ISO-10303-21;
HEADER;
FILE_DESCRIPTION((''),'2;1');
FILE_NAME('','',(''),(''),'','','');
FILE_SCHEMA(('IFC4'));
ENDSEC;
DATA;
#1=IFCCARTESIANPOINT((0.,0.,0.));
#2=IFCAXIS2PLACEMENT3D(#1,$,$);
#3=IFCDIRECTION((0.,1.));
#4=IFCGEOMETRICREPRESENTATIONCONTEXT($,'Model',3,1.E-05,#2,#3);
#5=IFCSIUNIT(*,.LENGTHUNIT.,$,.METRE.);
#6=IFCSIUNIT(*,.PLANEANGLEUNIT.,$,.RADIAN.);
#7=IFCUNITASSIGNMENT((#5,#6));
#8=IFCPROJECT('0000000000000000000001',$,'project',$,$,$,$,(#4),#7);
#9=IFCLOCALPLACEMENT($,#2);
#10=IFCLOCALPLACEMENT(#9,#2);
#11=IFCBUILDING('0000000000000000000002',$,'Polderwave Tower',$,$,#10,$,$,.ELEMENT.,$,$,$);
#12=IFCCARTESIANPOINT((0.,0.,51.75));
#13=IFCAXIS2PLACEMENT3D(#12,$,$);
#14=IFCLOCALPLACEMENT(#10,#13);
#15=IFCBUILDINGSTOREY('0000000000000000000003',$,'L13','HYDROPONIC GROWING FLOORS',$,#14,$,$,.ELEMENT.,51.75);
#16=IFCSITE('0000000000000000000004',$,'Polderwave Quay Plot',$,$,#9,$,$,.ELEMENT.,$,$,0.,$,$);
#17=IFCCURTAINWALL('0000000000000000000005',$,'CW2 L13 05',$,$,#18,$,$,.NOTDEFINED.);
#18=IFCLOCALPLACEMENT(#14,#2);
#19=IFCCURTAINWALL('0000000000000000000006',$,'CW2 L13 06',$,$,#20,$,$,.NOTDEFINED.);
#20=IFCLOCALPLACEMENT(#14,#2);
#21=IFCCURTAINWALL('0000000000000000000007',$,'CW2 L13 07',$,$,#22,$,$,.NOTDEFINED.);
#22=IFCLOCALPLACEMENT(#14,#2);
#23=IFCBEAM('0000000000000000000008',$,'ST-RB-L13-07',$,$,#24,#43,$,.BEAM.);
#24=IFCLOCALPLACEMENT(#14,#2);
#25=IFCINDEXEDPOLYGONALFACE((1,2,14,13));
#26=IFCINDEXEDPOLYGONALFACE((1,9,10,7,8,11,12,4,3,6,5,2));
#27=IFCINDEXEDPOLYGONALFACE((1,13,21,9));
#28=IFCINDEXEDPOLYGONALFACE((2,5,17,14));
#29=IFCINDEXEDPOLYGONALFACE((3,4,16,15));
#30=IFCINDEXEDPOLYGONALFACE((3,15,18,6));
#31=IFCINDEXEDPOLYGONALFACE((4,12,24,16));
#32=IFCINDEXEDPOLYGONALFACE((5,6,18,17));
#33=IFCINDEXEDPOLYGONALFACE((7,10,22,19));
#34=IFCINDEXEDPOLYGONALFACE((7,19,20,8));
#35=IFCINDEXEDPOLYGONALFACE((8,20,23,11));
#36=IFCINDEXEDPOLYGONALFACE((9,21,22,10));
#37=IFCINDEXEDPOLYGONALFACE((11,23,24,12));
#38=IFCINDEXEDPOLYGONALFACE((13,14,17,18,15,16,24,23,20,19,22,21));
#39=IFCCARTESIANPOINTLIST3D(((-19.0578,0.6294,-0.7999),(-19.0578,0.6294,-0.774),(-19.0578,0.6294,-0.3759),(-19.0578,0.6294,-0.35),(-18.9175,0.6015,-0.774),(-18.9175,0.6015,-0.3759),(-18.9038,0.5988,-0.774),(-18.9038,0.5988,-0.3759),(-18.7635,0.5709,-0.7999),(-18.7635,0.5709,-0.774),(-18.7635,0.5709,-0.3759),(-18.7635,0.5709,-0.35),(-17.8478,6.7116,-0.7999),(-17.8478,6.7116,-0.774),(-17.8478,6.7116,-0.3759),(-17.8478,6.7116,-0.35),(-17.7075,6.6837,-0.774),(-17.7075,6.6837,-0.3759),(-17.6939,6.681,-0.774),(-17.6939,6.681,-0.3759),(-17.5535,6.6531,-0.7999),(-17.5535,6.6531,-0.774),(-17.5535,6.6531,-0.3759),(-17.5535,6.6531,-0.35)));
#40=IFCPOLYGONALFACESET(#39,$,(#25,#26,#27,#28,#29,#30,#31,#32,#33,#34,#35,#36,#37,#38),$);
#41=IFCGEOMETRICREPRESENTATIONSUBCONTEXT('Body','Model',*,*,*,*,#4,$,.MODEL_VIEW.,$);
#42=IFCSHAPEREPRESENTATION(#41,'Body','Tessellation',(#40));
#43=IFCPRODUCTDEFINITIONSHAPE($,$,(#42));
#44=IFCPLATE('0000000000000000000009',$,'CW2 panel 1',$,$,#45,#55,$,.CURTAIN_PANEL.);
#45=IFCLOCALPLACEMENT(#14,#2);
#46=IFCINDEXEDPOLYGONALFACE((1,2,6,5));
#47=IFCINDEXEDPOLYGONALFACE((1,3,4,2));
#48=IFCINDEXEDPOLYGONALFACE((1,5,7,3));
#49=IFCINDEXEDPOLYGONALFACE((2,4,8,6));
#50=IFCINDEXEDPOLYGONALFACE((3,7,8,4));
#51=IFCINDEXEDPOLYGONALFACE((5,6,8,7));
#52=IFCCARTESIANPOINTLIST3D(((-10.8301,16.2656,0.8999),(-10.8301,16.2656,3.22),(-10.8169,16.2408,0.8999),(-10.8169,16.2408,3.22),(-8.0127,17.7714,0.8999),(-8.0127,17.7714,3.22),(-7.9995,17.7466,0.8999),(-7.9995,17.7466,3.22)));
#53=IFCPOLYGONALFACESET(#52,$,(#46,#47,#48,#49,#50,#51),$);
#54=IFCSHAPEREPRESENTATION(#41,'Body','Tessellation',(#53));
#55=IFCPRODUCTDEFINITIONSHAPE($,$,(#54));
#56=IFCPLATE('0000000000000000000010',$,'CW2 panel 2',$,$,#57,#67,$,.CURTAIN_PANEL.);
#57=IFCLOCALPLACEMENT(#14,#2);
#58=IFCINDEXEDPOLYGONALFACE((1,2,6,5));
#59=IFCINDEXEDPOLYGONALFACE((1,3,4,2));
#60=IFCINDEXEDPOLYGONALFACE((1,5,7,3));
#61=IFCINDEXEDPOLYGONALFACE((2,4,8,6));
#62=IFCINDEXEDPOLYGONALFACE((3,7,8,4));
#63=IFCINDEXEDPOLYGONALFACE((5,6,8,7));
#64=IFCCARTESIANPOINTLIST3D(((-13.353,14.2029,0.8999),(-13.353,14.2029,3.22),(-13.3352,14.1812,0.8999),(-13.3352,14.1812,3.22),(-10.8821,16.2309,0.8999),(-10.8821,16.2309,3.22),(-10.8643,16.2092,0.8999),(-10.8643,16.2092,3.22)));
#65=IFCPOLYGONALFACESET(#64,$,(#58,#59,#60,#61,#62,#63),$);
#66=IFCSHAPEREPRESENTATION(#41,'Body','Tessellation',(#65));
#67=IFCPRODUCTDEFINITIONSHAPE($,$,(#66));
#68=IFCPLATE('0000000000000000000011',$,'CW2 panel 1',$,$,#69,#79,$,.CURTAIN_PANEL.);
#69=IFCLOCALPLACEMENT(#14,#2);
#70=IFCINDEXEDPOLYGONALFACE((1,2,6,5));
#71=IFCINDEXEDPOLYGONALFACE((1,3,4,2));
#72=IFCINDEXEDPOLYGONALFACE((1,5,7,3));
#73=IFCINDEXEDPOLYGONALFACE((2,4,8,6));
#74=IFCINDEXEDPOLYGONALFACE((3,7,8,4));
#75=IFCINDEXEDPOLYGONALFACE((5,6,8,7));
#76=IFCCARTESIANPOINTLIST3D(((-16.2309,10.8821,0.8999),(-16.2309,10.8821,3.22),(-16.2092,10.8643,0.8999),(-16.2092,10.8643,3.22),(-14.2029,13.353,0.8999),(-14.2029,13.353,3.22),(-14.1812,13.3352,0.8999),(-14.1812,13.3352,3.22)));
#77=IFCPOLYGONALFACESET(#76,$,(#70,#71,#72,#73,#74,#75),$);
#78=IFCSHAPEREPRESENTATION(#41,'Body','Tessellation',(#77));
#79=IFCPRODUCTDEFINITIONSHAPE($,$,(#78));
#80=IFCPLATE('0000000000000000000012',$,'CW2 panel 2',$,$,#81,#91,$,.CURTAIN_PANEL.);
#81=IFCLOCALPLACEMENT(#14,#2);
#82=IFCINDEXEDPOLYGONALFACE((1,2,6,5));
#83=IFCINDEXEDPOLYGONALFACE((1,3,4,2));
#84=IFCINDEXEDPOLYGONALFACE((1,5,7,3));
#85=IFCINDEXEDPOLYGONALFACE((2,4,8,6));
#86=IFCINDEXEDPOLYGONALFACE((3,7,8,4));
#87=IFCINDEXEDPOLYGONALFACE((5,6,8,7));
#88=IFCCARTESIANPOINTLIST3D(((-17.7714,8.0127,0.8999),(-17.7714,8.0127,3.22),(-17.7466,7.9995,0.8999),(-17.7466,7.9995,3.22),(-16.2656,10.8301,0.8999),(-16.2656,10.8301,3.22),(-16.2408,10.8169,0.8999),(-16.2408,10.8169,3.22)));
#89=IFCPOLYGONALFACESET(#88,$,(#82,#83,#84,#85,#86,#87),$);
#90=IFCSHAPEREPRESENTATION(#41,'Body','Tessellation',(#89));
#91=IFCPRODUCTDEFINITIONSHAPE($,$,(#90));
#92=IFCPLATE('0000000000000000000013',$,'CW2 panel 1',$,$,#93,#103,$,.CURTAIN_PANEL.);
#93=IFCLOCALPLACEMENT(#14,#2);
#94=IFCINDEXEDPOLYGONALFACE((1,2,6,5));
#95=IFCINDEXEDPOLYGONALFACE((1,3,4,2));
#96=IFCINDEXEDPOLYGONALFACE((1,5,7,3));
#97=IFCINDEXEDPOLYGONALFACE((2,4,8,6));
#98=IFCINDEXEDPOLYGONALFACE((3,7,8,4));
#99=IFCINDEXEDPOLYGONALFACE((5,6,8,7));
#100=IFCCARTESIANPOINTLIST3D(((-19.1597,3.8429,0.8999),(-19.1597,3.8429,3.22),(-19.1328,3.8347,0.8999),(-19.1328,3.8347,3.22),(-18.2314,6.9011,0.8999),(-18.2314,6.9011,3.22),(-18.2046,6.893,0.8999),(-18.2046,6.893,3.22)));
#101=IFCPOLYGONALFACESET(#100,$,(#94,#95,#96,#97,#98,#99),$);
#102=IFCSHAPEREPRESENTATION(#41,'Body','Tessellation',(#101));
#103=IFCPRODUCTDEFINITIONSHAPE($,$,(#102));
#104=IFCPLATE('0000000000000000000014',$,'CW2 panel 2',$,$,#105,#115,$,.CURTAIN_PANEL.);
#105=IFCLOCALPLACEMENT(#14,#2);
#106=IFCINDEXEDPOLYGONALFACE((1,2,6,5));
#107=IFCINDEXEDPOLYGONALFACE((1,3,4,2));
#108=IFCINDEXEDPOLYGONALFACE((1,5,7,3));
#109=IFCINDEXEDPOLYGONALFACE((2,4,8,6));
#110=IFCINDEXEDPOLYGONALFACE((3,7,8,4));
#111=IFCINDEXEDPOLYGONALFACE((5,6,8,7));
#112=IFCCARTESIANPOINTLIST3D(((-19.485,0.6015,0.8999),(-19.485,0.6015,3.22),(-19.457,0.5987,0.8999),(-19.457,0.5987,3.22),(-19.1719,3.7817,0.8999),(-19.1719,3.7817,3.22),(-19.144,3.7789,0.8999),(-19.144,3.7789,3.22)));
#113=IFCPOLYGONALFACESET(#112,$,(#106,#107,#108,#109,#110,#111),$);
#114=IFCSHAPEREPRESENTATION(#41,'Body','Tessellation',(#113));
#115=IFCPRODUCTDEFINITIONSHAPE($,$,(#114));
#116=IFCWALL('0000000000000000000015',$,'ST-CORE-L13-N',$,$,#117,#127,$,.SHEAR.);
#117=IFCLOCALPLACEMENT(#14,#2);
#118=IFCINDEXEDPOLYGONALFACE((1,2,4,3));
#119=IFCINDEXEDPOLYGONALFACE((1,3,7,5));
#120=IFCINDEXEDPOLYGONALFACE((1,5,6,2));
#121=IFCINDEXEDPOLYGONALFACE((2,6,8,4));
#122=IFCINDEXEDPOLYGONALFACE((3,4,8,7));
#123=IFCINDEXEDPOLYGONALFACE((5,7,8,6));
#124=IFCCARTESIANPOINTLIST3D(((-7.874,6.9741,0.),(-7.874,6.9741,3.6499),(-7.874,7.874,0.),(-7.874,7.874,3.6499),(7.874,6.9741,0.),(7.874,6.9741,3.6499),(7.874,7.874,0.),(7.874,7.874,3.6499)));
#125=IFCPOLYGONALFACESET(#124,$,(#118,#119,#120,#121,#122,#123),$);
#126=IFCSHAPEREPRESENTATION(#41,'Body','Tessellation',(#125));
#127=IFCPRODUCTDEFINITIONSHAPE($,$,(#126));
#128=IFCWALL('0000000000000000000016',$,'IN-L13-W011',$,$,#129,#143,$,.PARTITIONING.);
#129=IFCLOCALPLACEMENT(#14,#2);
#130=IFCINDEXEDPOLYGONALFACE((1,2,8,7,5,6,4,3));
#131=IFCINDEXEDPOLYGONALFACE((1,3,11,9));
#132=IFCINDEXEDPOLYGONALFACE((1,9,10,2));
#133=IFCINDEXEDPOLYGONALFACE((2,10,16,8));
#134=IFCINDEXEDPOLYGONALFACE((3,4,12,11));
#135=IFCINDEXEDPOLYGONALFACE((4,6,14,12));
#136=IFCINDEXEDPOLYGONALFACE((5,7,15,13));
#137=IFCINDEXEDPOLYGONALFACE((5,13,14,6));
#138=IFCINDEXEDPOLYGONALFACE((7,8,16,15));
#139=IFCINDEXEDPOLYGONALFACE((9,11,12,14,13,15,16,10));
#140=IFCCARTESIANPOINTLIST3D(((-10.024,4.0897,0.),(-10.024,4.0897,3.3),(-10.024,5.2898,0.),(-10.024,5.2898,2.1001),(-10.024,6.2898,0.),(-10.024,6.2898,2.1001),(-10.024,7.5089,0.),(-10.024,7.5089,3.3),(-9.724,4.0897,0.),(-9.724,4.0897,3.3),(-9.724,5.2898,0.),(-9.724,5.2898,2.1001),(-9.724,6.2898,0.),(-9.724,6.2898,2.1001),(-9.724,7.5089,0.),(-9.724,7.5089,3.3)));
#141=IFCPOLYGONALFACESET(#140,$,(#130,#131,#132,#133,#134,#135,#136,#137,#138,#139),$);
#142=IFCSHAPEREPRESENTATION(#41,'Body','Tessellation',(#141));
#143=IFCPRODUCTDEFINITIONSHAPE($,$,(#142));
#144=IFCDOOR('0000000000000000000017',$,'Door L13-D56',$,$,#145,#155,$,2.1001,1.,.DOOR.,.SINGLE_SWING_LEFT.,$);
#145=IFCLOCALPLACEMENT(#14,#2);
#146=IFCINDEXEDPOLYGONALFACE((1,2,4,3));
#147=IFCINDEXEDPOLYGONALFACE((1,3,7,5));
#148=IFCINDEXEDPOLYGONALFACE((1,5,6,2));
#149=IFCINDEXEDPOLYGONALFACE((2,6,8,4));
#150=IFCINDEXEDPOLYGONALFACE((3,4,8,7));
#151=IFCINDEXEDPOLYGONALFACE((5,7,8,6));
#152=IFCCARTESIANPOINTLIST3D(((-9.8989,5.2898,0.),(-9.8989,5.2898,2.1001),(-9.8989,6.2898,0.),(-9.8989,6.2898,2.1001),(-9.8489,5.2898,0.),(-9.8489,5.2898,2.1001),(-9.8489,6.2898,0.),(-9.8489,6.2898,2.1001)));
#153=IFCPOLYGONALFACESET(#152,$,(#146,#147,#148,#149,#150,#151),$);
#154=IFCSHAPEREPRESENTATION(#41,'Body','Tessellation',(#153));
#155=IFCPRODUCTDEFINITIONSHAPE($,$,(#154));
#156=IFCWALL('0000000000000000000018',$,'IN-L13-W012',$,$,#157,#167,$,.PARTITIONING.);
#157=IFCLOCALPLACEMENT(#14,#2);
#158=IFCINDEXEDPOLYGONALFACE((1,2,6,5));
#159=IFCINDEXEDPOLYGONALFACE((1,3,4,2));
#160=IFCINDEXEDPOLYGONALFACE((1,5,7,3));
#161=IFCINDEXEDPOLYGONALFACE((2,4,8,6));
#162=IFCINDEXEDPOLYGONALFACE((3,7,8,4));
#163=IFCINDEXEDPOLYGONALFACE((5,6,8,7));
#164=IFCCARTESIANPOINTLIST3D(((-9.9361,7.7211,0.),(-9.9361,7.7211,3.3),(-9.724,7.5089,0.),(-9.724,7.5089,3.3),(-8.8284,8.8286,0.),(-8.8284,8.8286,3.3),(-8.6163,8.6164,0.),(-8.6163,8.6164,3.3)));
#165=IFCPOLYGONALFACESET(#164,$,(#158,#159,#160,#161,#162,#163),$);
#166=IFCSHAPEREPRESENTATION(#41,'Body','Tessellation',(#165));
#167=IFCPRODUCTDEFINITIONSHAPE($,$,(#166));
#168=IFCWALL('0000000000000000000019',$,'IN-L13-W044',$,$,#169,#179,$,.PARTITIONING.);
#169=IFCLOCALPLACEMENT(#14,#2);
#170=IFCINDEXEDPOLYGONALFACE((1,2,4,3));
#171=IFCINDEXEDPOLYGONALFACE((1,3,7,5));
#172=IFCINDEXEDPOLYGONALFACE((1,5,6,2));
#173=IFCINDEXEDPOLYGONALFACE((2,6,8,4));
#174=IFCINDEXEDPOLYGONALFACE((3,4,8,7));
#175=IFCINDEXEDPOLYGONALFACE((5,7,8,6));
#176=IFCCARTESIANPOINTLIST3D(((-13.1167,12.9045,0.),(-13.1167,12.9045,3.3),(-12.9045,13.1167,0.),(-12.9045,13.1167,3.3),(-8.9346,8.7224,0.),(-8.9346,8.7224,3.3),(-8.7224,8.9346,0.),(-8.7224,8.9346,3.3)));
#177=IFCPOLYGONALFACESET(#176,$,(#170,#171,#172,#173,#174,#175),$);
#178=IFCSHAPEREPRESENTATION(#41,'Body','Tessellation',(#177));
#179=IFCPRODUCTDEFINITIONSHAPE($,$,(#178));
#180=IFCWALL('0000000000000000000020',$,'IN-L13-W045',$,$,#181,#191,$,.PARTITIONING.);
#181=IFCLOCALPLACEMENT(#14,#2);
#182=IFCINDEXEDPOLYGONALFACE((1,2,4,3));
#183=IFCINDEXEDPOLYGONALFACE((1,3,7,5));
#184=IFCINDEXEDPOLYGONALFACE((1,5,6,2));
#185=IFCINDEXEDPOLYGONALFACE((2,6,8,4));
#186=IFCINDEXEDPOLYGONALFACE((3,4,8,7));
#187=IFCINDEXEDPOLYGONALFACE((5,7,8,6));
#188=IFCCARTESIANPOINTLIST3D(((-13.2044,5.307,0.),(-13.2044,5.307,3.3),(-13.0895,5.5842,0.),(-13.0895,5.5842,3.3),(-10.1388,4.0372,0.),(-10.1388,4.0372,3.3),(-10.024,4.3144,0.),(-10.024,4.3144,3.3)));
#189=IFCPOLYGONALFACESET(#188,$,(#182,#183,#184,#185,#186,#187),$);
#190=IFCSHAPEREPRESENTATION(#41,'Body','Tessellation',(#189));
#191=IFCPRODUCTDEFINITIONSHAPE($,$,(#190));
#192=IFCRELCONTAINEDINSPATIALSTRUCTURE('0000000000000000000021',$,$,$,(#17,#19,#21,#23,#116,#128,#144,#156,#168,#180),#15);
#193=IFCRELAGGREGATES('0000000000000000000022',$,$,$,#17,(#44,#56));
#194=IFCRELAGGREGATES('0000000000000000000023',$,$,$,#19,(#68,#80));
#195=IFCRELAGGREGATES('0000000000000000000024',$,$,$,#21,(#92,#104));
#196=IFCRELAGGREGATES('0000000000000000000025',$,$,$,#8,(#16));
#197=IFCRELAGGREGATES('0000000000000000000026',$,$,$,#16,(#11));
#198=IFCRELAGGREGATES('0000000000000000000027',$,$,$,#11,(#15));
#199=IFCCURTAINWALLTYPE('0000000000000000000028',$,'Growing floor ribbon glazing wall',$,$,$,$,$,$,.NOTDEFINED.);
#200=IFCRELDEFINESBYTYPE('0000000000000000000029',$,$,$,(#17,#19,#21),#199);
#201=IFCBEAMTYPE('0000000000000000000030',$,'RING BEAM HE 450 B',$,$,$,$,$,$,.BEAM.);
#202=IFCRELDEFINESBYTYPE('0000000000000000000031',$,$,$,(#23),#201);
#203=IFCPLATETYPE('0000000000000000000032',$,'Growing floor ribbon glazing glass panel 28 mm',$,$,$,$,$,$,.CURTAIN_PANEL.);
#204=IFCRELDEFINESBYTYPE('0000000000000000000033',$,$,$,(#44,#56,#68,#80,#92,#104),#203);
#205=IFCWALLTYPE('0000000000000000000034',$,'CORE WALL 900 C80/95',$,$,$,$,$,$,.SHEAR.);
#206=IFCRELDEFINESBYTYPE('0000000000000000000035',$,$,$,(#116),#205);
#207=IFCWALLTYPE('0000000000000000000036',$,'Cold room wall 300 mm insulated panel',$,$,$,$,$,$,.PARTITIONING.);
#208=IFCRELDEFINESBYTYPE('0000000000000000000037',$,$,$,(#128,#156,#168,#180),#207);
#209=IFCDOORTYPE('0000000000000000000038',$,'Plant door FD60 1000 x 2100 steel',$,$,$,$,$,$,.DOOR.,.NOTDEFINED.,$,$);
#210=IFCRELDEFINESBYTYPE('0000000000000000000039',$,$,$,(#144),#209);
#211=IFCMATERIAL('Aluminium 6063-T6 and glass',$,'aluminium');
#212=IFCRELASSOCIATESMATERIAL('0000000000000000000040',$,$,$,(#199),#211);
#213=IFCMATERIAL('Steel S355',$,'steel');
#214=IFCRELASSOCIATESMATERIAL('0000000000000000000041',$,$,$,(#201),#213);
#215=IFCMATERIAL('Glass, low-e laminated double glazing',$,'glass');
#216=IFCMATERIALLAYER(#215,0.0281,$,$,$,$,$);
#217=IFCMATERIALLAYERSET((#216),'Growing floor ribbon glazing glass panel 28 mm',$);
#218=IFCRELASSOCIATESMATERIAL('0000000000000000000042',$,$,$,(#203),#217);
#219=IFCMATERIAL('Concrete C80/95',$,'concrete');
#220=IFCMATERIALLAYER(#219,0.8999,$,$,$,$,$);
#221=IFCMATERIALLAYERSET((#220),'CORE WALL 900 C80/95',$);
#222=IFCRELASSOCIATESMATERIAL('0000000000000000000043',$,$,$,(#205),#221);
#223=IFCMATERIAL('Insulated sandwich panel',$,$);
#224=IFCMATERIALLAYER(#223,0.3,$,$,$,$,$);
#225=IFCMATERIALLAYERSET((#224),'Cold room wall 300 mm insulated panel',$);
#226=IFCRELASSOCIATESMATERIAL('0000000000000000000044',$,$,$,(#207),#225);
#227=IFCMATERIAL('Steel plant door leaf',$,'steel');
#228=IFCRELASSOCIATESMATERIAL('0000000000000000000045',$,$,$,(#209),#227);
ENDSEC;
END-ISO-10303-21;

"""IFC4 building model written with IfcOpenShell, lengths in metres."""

from ifc_helpers import new_model, si_unit, direction, frame, frame_2d, origin, origin_2d, place, context, subcontext, project, spatial, rectangle, i_section, extrude, material, layer, layer_set, material_profile, profile_set, type_object, element, fill, aggregate, save


model = new_model("IFC4")

# Units and contexts
model_context = context("Model", 3, precision=1e-05, world=origin(), true_north=direction((0.0, 1.0)))
body_context = subcontext(model_context, "Body", "Model", "MODEL_VIEW")
ifc_project = project(units=[si_unit("LENGTHUNIT", "METRE"), si_unit("PLANEANGLEUNIT", "RADIAN")], contexts=[model_context])

# Site, building, storey
site_placement = place(None, origin())
site = spatial("IfcSite", under=ifc_project, at=site_placement, Name="Polderwave Quay Plot", CompositionType="ELEMENT", RefElevation=0.0)
building_placement = place(site_placement, origin())
building = spatial("IfcBuilding", under=site, at=building_placement, Name="Polderwave Tower", CompositionType="ELEMENT")
storey_placement = place(building_placement, frame((0.0, 0.0, 51.75)))
storey = spatial("IfcBuildingStorey", under=building, at=storey_placement, Name="L13", Description="HYDROPONIC GROWING FLOORS", CompositionType="ELEMENT", Elevation=51.75)

# Curtain walls
ifc_material_1 = material(Name="Aluminium 6063-T6 and glass", Category="aluminium")
curtain_wall_type = type_object("IfcCurtainWallType", Name="Growing floor ribbon glazing wall", PredefinedType="NOTDEFINED", material=ifc_material_1)
curtain_wall_1_placement = place(storey_placement, origin())
curtain_wall_1 = element("IfcCurtainWall", 1, at=curtain_wall_1_placement, inside=storey, type_object=curtain_wall_type, Name="CW2 L13 05", PredefinedType="NOTDEFINED")
curtain_wall_2_placement = place(storey_placement, origin())
curtain_wall_2 = element("IfcCurtainWall", 2, at=curtain_wall_2_placement, inside=storey, type_object=curtain_wall_type, Name="CW2 L13 06", PredefinedType="NOTDEFINED")
curtain_wall_3_placement = place(storey_placement, origin())
curtain_wall_3 = element("IfcCurtainWall", 3, at=curtain_wall_3_placement, inside=storey, type_object=curtain_wall_type, Name="CW2 L13 07", PredefinedType="NOTDEFINED")

# Beam
ifc_material_2 = material(Name="Steel S355", Category="steel")
ifc_material_profile_1 = material_profile(ifc_material_2, i_section(OverallWidth=0.3, OverallDepth=0.45, WebThickness=0.0139, FlangeThickness=0.0259, at=origin_2d()), Name="HE 450 B")
ifc_profile_set_1 = profile_set([ifc_material_profile_1], Name="Steel S355")
beam_type = type_object("IfcBeamType", Name="RING BEAM HE 450 B", PredefinedType="BEAM", material=ifc_profile_set_1)
beam_placement = place(storey_placement, frame((-17.7007, 6.6824, -0.575), z_axis=(-0.195109, -0.980782, 0.0), x_axis=(0.980782, -0.195109, 0.0)))
element("IfcBeam", 4, at=beam_placement, inside=storey, type_object=beam_type, Name="ST-RB-L13-07", PredefinedType="BEAM", context=body_context, shape_type="SweptSolid", body=[
    extrude(i_section(OverallWidth=0.3, OverallDepth=0.45, WebThickness=0.0139, FlangeThickness=0.0259, at=origin_2d()), origin(), (0.0, 0.0, 1.0), 6.2014),
])

# Plates
ifc_material_3 = material(Name="Glass, low-e laminated double glazing", Category="glass")
ifc_layer_1 = layer(ifc_material_3, 0.0281)
ifc_layer_set_1 = layer_set([ifc_layer_1], Name="Growing floor ribbon glazing glass panel 28 mm")
plate_type = type_object("IfcPlateType", Name="Growing floor ribbon glazing glass panel 28 mm", PredefinedType="CURTAIN_PANEL", material=ifc_layer_set_1)
plate_1_placement = place(storey_placement, frame((-9.4148, 17.0061, 0.8999), z_axis=(0.0, 0.0, 1.0), x_axis=(-0.88194, -0.471361, 0.0)))
plate_1 = element("IfcPlate", 5, at=plate_1_placement, type_object=plate_type, Name="CW2 panel 1", PredefinedType="CURTAIN_PANEL", context=body_context, shape_type="SweptSolid", body=[
    extrude(rectangle(XDim=3.1946, YDim=0.0281, at=origin_2d()), origin(), (0.0, 0.0, 1.0), 2.3201),
])
plate_2_placement = place(storey_placement, frame((-12.1086, 15.2061, 0.8999), z_axis=(0.0, 0.0, 1.0), x_axis=(-0.772976, -0.634435, 0.0)))
plate_2 = element("IfcPlate", 6, at=plate_2_placement, type_object=plate_type, Name="CW2 panel 2", PredefinedType="CURTAIN_PANEL", context=body_context, shape_type="SweptSolid", body=[
    extrude(rectangle(XDim=3.1965, YDim=0.0281, at=origin_2d()), origin(), (0.0, 0.0, 1.0), 2.3201),
])
aggregate(curtain_wall_1, [plate_1, plate_2])
plate_3_placement = place(storey_placement, frame((-15.2061, 12.1086, 0.8999), z_axis=(0.0, 0.0, 1.0), x_axis=(-0.634435, -0.772976, 0.0)))
plate_3 = element("IfcPlate", 7, at=plate_3_placement, type_object=plate_type, Name="CW2 panel 1", PredefinedType="CURTAIN_PANEL", context=body_context, shape_type="SweptSolid", body=[
    extrude(rectangle(XDim=3.1965, YDim=0.0281, at=origin_2d()), origin(), (0.0, 0.0, 1.0), 2.3201),
])
plate_4_placement = place(storey_placement, frame((-17.0061, 9.4148, 0.8999), z_axis=(0.0, 0.0, 1.0), x_axis=(-0.471361, -0.88194, 0.0)))
plate_4 = element("IfcPlate", 8, at=plate_4_placement, type_object=plate_type, Name="CW2 panel 2", PredefinedType="CURTAIN_PANEL", context=body_context, shape_type="SweptSolid", body=[
    extrude(rectangle(XDim=3.1946, YDim=0.0281, at=origin_2d()), origin(), (0.0, 0.0, 1.0), 2.3201),
])
aggregate(curtain_wall_2, [plate_3, plate_4])
plate_5_placement = place(storey_placement, frame((-18.6821, 5.3679, 0.8999), z_axis=(0.0, 0.0, 1.0), x_axis=(-0.290447, -0.956891, 0.0)))
plate_5 = element("IfcPlate", 9, at=plate_5_placement, type_object=plate_type, Name="CW2 panel 1", PredefinedType="CURTAIN_PANEL", context=body_context, shape_type="SweptSolid", body=[
    extrude(rectangle(XDim=3.196, YDim=0.0281, at=origin_2d()), origin(), (0.0, 0.0, 1.0), 2.3201),
])
plate_6_placement = place(storey_placement, frame((-19.3145, 2.1902, 0.8999), z_axis=(0.0, 0.0, 1.0), x_axis=(-0.097969, -0.99519, 0.0)))
plate_6 = element("IfcPlate", 10, at=plate_6_placement, type_object=plate_type, Name="CW2 panel 2", PredefinedType="CURTAIN_PANEL", context=body_context, shape_type="SweptSolid", body=[
    extrude(rectangle(XDim=3.1956, YDim=0.0281, at=origin_2d()), origin(), (0.0, 0.0, 1.0), 2.3201),
])
aggregate(curtain_wall_3, [plate_5, plate_6])

# Wall
ifc_material_4 = material(Name="Concrete C80/95", Category="concrete")
ifc_layer_2 = layer(ifc_material_4, 0.8999)
ifc_layer_set_2 = layer_set([ifc_layer_2], Name="CORE WALL 900 C80/95")
wall_type_1 = type_object("IfcWallType", Name="CORE WALL 900 C80/95", PredefinedType="SHEAR", material=ifc_layer_set_2)
wall_1_placement = place(storey_placement, frame((-7.874, 7.4241, 0.0), z_axis=(0.0, 0.0, 1.0), x_axis=(1.0, 0.0, 0.0)))
element("IfcWall", 11, at=wall_1_placement, inside=storey, type_object=wall_type_1, Name="ST-CORE-L13-N", PredefinedType="SHEAR", context=body_context, shape_type="SweptSolid", body=[
    extrude(rectangle(XDim=15.748, YDim=0.8999, at=frame_2d((7.874, 0.0))), origin(), (0.0, 0.0, 1.0), 3.6499),
])

# Wall, opening, door
ifc_material_5 = material(Name="Insulated sandwich panel")
ifc_layer_3 = layer(ifc_material_5, 0.3)
ifc_layer_set_3 = layer_set([ifc_layer_3], Name="Cold room wall 300 mm insulated panel")
wall_type_2 = type_object("IfcWallType", Name="Cold room wall 300 mm insulated panel", PredefinedType="PARTITIONING", material=ifc_layer_set_3)
wall_2_placement = place(storey_placement, frame((-9.874, 4.0898, 0.0), z_axis=(0.0, 0.0, 1.0), x_axis=(0.0, 1.0, 0.0)))
wall_2 = element("IfcWall", 12, at=wall_2_placement, inside=storey, type_object=wall_type_2, Name="IN-L13-W011", PredefinedType="PARTITIONING", context=body_context, shape_type="SweptSolid", body=[
    extrude(rectangle(XDim=3.4192, YDim=0.3, at=frame_2d((1.7095, 0.0))), origin(), (0.0, 0.0, 1.0), 3.3),
])
opening_placement = place(wall_2_placement, frame((1.2, 0.0, 0.0)))
opening = element("IfcOpeningElement", 13, at=opening_placement, cuts=wall_2, PredefinedType="OPENING", context=body_context, shape_type="SweptSolid", body=[
    extrude(rectangle(XDim=1.0, YDim=2.1001, at=frame_2d((0.5, 1.05))), frame((0.0, 0.1599, 0.0), z_axis=(0.0, -1.0, 0.0), x_axis=(1.0, 0.0, 0.0)), (0.0, 0.0, 1.0), 0.3201),
])
ifc_material_6 = material(Name="Steel plant door leaf", Category="steel")
door_type = type_object("IfcDoorType", Name="Plant door FD60 1000 x 2100 steel", OperationType="NOTDEFINED", PredefinedType="DOOR", material=ifc_material_6)
door_placement = place(opening_placement, origin())
door = element("IfcDoor", 14, at=door_placement, inside=storey, type_object=door_type, Name="Door L13-D56", OperationType="SINGLE_SWING_LEFT", OverallHeight=2.1001, OverallWidth=1.0, PredefinedType="DOOR", context=body_context, shape_type="SweptSolid", body=[
    extrude(rectangle(XDim=1.0, YDim=2.1001, at=frame_2d((0.5, 1.05))), frame((0.0, 0.0249, 0.0), z_axis=(0.0, -1.0, 0.0), x_axis=(1.0, 0.0, 0.0)), (0.0, 0.0, 1.0), 0.05),
])
fill(opening, door)

# Walls
wall_3_placement = place(storey_placement, frame((-9.8301, 7.615, 0.0), z_axis=(0.0, 0.0, 1.0), x_axis=(0.707185, 0.707029, 0.0)))
element("IfcWall", 15, at=wall_3_placement, inside=storey, type_object=wall_type_2, Name="IN-L13-W012", PredefinedType="PARTITIONING", context=body_context, shape_type="SweptSolid", body=[
    extrude(rectangle(XDim=1.5664, YDim=0.3, at=frame_2d((0.7832, 0.0))), origin(), (0.0, 0.0, 1.0), 3.3),
])
wall_4_placement = place(storey_placement, frame((-8.8286, 8.8286, 0.0), z_axis=(0.0, 0.0, 1.0), x_axis=(-0.707107, 0.707107, 0.0)))
element("IfcWall", 16, at=wall_4_placement, inside=storey, type_object=wall_type_2, Name="IN-L13-W044", PredefinedType="PARTITIONING", context=body_context, shape_type="SweptSolid", body=[
    extrude(rectangle(XDim=5.9143, YDim=0.3, at=frame_2d((2.957, 0.0))), origin(), (0.0, 0.0, 1.0), 3.3),
])
wall_5_placement = place(storey_placement, frame((-10.0813, 4.1758, 0.0), z_axis=(0.0, 0.0, 1.0), x_axis=(-0.923876, 0.382692, 0.0)))
element("IfcWall", 17, at=wall_5_placement, inside=storey, type_object=wall_type_2, Name="IN-L13-W045", PredefinedType="PARTITIONING", context=body_context, shape_type="SweptSolid", body=[
    extrude(rectangle(XDim=3.3181, YDim=0.3, at=frame_2d((1.6592, 0.0))), origin(), (0.0, 0.0, 1.0), 3.3),
])

save(model, "model.ifc")
